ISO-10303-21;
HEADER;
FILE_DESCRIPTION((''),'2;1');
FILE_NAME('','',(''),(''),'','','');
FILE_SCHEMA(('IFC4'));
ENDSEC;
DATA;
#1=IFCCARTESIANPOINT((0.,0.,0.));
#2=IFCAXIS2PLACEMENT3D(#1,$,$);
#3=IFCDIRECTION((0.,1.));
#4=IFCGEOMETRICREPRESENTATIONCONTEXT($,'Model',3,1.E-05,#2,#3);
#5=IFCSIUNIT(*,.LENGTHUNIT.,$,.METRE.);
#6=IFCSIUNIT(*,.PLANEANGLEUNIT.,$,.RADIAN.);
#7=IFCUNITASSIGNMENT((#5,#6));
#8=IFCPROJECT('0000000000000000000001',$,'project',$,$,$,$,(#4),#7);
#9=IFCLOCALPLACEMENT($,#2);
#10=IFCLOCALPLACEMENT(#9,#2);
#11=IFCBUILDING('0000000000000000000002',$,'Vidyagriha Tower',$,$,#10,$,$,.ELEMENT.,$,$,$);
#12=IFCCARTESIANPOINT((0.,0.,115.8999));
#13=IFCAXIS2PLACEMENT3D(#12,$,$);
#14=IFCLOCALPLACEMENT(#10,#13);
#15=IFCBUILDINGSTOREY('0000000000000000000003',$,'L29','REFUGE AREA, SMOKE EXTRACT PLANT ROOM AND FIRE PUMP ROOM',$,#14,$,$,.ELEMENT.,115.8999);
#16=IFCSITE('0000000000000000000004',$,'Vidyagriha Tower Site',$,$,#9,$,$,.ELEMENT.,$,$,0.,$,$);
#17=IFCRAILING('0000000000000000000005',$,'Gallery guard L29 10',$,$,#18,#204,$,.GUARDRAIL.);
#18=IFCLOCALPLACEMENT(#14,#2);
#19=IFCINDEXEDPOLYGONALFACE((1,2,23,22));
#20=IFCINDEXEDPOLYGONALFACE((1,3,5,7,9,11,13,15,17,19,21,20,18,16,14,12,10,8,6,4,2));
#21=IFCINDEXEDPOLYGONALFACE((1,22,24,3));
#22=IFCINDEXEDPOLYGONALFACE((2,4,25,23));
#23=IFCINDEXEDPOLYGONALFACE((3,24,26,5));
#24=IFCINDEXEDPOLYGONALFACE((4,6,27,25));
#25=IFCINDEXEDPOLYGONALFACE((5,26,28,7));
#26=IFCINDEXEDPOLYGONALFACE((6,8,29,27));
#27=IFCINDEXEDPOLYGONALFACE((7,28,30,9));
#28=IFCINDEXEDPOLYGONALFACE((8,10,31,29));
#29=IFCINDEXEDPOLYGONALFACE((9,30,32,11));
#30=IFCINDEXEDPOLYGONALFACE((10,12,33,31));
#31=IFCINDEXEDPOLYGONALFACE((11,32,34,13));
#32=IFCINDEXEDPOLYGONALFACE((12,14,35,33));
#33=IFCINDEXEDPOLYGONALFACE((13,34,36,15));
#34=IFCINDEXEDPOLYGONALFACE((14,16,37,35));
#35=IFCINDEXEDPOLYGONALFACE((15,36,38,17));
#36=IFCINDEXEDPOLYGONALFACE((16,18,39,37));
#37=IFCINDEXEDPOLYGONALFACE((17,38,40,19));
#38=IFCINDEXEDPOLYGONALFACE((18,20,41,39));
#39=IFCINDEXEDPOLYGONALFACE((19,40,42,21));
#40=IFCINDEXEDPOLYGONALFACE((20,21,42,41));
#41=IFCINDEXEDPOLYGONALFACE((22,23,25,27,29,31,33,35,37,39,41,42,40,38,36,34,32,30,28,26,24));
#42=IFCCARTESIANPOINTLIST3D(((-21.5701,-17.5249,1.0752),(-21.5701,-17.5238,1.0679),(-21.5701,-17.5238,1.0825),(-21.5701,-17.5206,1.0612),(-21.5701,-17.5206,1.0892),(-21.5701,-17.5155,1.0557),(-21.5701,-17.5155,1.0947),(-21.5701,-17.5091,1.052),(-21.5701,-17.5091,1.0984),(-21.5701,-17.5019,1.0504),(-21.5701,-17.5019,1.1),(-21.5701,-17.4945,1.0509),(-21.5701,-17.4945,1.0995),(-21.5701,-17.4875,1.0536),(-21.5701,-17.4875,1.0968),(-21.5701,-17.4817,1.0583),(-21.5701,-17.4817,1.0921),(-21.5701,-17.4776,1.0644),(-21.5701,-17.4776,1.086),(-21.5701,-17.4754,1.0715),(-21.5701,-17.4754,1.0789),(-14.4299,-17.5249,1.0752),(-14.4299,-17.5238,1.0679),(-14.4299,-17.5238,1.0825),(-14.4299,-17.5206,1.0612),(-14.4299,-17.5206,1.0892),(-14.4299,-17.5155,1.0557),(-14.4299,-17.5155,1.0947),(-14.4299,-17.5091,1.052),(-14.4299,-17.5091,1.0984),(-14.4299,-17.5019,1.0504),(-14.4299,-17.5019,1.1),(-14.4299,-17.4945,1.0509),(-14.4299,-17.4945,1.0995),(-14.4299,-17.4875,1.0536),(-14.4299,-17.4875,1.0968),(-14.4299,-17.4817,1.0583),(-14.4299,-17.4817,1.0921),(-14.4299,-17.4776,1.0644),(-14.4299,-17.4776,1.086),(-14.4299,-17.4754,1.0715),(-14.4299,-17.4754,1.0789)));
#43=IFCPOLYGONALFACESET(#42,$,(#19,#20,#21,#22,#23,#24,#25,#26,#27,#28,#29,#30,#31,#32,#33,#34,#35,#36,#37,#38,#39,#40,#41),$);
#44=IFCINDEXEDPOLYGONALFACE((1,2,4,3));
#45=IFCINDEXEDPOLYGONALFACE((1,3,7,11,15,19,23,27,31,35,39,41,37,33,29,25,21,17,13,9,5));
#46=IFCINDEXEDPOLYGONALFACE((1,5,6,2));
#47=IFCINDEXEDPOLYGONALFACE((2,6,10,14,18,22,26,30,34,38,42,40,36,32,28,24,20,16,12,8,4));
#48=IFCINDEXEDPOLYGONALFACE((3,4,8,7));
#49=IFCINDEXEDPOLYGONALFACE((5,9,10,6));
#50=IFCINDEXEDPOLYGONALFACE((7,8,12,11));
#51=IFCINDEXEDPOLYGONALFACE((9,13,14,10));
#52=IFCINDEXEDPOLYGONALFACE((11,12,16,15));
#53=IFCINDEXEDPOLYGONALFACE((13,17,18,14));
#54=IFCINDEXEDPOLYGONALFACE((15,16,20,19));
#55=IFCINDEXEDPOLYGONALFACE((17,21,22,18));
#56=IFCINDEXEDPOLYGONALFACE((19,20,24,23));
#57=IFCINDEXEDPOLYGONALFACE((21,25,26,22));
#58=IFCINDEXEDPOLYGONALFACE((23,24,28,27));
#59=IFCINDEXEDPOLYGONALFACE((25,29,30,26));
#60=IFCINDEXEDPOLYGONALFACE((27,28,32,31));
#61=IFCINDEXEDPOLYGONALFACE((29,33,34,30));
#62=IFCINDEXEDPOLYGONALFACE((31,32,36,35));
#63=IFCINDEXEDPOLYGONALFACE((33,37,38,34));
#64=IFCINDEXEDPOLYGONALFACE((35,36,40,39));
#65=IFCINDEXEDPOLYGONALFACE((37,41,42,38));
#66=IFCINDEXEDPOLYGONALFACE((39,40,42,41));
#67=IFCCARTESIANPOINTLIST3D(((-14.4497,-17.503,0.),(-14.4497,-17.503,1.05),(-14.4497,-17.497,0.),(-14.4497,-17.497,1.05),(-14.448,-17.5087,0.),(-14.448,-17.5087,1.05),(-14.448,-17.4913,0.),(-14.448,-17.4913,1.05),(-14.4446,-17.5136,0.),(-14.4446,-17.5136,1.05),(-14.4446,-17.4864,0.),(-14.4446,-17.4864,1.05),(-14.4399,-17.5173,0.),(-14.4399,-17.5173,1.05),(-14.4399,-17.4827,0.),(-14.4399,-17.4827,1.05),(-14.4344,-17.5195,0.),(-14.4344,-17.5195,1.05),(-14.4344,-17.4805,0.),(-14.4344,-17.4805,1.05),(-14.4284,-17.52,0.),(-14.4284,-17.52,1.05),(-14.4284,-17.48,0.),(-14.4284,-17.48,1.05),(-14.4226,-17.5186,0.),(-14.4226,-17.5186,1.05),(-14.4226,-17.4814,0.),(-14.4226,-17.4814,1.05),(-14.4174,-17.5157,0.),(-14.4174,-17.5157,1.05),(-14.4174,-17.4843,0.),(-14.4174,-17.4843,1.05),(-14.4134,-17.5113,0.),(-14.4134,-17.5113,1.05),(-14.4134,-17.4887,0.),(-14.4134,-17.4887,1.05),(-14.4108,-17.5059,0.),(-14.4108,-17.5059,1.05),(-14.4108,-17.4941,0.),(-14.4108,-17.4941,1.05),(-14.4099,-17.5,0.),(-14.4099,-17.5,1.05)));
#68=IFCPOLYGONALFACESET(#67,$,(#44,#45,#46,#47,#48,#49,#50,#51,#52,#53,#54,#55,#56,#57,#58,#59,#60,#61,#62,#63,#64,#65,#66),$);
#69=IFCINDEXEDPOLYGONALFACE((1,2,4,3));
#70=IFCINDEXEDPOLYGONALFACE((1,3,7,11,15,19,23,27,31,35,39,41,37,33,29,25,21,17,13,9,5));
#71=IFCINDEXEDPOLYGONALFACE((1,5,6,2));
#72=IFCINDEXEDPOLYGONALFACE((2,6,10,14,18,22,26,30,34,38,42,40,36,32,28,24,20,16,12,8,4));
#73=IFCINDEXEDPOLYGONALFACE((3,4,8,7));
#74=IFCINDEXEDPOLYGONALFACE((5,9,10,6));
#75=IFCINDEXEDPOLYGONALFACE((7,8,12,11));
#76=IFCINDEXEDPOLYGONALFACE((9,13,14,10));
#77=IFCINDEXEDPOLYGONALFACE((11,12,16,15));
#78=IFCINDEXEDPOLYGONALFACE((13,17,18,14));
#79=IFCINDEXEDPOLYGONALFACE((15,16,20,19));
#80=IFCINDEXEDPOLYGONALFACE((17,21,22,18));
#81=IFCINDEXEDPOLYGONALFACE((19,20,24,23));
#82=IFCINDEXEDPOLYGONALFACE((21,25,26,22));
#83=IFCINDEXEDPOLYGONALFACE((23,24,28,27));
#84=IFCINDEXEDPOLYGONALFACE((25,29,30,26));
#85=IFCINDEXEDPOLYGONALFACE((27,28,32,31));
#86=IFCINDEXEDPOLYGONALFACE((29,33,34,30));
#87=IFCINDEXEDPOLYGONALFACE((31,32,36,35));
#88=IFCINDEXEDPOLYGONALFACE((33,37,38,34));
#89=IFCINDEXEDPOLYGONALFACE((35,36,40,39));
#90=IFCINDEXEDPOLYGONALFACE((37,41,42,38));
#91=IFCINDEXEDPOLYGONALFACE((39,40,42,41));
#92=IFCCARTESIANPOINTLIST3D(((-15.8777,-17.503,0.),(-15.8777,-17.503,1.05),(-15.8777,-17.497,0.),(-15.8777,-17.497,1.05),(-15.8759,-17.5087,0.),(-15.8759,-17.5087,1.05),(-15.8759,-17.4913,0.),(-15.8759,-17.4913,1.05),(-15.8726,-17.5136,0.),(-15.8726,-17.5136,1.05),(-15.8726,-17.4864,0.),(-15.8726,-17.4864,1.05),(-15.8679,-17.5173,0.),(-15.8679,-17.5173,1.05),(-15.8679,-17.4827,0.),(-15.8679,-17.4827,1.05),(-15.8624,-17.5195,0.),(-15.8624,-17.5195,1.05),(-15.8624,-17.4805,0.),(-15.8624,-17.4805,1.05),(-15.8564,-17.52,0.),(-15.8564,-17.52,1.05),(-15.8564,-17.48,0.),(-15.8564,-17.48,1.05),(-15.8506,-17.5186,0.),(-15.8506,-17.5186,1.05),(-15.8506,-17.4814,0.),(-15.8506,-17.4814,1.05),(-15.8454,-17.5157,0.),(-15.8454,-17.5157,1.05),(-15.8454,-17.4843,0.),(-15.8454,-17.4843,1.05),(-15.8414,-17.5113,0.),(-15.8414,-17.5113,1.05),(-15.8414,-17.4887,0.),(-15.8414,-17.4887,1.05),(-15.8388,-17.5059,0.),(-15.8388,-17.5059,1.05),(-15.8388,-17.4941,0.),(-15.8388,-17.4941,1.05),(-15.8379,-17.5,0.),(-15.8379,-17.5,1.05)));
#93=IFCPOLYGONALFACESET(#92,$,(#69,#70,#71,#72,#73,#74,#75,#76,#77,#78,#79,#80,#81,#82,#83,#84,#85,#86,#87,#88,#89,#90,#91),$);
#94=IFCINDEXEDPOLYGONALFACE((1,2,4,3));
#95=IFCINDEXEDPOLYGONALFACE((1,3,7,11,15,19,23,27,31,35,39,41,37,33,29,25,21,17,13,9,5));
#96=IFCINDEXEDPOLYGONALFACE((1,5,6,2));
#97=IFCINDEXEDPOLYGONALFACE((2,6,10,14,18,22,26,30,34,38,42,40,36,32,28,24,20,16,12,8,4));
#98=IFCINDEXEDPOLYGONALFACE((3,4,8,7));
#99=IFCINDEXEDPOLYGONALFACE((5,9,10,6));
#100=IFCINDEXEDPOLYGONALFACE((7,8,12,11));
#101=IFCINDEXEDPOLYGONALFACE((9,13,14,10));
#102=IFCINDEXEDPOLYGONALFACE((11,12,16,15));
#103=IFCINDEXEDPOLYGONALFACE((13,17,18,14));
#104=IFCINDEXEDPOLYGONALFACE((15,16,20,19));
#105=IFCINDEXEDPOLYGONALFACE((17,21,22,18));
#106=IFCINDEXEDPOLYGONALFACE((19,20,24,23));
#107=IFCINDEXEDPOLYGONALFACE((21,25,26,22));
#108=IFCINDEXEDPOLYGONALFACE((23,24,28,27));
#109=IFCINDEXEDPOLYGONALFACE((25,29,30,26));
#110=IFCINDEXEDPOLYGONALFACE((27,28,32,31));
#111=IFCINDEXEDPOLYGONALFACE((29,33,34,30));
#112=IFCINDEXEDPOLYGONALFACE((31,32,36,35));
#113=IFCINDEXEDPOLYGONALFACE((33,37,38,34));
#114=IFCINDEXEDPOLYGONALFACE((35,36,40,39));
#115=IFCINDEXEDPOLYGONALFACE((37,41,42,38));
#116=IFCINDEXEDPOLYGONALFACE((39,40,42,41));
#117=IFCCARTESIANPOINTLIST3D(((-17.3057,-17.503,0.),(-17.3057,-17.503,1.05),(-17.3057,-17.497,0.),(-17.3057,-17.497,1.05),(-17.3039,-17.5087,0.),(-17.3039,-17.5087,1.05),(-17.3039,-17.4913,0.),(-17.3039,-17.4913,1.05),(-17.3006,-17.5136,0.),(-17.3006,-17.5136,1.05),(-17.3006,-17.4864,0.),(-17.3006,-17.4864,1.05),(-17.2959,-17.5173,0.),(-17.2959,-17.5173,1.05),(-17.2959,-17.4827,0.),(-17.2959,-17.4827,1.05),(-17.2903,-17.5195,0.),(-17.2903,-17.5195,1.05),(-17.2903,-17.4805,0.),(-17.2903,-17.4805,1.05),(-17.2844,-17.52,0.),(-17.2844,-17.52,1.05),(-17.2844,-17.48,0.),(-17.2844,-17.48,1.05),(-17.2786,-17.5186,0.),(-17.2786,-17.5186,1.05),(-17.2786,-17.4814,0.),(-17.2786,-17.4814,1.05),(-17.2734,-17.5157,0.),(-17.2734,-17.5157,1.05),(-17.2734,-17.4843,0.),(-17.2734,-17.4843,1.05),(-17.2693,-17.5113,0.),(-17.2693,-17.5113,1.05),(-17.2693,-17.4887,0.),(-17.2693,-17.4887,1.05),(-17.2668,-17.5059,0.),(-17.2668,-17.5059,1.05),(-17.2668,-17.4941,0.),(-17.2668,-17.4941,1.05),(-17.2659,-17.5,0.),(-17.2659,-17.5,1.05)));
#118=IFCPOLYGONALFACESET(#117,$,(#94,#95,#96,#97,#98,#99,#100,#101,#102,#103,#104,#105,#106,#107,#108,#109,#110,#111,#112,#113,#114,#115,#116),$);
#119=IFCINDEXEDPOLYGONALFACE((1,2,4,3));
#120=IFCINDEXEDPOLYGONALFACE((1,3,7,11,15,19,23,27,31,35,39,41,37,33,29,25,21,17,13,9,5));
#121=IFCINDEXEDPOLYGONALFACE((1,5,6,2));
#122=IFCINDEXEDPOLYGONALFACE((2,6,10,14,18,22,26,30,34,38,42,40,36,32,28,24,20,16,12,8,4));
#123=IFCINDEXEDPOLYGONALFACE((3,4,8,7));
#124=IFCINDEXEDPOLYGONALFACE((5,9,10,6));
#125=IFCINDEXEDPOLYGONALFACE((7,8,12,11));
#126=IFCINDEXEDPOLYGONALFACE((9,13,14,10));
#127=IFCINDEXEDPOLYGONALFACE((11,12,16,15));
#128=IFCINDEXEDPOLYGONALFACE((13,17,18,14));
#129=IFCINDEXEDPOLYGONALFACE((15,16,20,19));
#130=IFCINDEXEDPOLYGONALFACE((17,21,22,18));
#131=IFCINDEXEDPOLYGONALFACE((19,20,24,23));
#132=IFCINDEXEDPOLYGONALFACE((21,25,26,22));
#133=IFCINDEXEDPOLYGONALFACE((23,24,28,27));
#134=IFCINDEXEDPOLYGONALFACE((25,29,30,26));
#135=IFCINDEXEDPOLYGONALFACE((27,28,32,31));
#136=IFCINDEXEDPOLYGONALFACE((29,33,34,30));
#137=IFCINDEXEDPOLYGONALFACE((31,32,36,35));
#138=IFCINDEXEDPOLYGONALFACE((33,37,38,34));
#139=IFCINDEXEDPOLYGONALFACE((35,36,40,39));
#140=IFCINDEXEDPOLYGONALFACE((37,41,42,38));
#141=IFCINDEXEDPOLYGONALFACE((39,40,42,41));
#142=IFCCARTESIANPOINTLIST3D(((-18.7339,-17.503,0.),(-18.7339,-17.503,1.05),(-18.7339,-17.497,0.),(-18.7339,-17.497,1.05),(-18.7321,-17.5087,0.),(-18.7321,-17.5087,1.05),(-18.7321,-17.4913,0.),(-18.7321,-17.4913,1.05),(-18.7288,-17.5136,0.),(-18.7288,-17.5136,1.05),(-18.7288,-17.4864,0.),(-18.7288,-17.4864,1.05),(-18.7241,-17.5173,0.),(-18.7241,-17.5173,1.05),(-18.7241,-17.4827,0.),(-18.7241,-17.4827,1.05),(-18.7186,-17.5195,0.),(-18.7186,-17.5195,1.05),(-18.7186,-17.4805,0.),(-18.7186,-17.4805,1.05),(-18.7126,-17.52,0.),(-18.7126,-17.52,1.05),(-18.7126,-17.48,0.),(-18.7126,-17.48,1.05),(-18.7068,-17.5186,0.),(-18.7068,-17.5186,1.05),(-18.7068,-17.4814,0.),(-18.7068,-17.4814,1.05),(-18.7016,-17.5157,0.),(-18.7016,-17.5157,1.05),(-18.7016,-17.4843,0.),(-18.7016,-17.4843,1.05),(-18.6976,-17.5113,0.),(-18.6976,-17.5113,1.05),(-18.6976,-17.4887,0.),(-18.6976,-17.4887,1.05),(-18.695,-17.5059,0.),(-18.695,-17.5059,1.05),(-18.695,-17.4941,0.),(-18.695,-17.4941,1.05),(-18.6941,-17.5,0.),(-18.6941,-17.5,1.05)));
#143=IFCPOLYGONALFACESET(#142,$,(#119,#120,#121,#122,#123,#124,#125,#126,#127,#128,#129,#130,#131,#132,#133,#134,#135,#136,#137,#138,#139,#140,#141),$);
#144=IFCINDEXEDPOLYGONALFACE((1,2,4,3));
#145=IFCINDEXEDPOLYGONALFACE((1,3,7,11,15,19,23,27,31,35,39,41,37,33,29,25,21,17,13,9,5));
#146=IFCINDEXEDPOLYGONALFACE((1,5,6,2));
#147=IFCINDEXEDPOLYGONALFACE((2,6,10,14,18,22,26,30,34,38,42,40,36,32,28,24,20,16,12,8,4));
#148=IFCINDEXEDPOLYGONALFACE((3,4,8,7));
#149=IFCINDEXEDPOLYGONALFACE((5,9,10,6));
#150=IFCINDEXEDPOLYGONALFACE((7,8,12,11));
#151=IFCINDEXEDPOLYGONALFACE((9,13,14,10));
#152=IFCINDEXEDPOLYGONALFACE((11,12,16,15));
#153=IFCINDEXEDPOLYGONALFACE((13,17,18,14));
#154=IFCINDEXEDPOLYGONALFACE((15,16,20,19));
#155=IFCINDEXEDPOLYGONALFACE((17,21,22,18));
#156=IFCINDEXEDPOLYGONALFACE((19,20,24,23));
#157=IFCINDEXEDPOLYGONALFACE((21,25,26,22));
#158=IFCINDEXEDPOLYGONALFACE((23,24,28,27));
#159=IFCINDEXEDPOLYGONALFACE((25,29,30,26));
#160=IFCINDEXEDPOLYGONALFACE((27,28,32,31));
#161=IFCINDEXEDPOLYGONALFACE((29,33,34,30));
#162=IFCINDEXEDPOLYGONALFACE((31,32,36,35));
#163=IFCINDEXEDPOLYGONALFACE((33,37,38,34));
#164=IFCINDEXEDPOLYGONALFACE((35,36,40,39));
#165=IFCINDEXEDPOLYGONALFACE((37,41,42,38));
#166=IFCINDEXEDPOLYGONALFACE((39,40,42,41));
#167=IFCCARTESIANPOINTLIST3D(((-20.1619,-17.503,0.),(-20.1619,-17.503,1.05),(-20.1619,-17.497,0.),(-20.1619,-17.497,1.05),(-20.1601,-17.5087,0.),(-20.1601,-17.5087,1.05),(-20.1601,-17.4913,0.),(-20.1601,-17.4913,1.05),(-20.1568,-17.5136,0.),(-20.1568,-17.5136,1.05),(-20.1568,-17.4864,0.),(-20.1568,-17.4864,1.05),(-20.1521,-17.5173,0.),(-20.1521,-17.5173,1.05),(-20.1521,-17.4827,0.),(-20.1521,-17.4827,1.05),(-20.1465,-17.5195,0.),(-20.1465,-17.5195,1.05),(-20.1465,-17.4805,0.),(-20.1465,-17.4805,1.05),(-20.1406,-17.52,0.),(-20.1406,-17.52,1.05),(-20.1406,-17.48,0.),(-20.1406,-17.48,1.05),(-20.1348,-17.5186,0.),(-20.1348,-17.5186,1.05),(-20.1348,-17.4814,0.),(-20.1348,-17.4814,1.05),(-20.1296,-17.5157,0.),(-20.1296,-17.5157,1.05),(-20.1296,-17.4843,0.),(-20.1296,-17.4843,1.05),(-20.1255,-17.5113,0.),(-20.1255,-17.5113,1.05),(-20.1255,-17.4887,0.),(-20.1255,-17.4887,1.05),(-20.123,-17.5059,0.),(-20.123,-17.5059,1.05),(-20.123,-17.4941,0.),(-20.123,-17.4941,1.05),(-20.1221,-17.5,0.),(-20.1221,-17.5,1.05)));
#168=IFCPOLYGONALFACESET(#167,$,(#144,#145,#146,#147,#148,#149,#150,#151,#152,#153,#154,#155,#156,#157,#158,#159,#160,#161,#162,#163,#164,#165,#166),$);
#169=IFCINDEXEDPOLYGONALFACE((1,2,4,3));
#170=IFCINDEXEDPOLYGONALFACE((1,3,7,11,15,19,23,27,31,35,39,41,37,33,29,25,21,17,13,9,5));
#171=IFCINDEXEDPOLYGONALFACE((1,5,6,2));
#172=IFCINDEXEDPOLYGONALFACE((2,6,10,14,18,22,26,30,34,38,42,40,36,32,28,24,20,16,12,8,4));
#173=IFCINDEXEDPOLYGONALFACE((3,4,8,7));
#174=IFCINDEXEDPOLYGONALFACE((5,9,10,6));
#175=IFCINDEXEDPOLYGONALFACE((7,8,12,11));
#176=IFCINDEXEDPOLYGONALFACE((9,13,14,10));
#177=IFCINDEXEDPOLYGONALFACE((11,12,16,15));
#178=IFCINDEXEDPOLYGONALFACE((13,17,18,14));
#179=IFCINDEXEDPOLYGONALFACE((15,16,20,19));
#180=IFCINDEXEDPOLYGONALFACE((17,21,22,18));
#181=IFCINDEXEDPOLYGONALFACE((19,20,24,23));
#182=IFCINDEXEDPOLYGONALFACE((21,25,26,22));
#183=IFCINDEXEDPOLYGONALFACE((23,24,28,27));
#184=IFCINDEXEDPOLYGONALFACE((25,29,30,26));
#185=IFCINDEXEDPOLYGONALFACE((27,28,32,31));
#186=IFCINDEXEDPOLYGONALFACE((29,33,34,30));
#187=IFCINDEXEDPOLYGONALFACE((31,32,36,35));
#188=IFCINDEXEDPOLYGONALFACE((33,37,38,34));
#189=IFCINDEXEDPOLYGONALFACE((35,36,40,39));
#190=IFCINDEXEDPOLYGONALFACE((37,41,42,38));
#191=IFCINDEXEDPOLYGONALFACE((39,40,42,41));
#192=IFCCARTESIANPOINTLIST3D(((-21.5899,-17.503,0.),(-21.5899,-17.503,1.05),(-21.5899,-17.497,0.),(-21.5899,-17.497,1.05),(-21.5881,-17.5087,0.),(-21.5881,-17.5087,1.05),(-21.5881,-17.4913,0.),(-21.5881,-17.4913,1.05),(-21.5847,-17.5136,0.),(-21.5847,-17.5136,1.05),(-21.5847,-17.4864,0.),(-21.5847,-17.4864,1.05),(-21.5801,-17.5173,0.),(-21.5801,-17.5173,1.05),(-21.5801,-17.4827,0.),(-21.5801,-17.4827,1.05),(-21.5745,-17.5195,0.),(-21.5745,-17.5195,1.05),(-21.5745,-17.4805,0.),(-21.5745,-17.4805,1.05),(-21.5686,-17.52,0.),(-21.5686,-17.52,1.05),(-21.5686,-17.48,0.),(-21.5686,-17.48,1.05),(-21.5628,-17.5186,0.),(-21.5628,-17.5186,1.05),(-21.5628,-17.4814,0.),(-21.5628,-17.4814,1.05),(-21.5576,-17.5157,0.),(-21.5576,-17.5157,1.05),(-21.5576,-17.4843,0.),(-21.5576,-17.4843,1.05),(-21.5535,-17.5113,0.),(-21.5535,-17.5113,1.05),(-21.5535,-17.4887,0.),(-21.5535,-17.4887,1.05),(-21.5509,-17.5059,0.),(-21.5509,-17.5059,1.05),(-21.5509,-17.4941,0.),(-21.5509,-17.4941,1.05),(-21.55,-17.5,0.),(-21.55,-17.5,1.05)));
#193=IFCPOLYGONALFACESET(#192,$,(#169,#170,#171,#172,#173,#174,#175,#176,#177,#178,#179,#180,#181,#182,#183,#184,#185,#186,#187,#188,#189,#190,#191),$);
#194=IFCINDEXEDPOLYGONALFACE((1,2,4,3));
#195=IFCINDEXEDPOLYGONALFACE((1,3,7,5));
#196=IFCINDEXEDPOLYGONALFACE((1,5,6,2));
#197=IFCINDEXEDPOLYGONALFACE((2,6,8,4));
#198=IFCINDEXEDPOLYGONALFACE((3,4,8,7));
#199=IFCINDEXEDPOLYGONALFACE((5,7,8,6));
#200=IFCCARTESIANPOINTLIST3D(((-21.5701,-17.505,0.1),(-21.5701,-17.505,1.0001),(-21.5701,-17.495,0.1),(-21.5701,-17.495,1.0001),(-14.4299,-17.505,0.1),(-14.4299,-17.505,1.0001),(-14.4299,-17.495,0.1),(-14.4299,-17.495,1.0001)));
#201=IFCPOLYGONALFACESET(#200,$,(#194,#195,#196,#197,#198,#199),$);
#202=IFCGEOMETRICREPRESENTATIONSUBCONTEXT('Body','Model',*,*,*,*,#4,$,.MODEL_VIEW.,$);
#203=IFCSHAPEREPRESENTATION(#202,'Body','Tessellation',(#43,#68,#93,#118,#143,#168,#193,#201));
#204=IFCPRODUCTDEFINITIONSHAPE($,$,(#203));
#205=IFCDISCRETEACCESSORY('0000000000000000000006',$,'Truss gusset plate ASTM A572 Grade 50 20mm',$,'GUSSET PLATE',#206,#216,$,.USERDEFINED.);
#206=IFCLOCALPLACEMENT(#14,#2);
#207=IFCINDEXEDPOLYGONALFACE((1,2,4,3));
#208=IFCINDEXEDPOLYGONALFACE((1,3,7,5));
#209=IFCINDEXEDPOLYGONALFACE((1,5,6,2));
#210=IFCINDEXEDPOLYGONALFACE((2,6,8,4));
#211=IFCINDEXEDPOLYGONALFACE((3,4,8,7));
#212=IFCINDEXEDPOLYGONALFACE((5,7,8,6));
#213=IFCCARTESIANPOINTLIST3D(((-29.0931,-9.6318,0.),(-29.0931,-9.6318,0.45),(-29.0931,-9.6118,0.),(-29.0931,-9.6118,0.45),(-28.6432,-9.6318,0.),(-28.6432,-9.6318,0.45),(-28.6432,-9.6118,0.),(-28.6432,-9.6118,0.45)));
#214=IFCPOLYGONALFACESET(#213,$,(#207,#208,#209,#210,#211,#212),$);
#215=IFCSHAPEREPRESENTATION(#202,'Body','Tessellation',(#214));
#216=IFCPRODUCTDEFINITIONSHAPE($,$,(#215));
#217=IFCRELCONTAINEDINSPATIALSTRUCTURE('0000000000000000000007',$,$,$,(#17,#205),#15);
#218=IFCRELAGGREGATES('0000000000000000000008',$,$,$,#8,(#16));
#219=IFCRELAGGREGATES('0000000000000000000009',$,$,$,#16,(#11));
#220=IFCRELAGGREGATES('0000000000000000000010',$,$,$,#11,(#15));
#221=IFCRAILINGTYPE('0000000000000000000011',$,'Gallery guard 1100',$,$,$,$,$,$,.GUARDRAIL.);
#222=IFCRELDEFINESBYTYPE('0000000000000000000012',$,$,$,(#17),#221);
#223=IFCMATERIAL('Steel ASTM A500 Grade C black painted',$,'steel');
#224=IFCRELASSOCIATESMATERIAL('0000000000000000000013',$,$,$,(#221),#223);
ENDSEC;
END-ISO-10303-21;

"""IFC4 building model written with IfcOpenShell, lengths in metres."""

from ifc_helpers import new_model, si_unit, direction, frame, origin, origin_2d, place, context, subcontext, project, spatial, rectangle, circle, extrude, material, type_object, element, save


model = new_model("IFC4")

# Units and contexts
model_context = context("Model", 3, precision=1e-05, world=origin(), true_north=direction((0.0, 1.0)))
body_context = subcontext(model_context, "Body", "Model", "MODEL_VIEW")
ifc_project = project(units=[si_unit("LENGTHUNIT", "METRE"), si_unit("PLANEANGLEUNIT", "RADIAN")], contexts=[model_context])

# Site, building, storey
site_placement = place(None, origin())
site = spatial("IfcSite", under=ifc_project, at=site_placement, Name="Vidyagriha Tower Site", CompositionType="ELEMENT", RefElevation=0.0)
building_placement = place(site_placement, origin())
building = spatial("IfcBuilding", under=site, at=building_placement, Name="Vidyagriha Tower", CompositionType="ELEMENT")
storey_placement = place(building_placement, frame((0.0, 0.0, 115.8999)))
storey = spatial("IfcBuildingStorey", under=building, at=storey_placement, Name="L29", Description="REFUGE AREA, SMOKE EXTRACT PLANT ROOM AND FIRE PUMP ROOM", CompositionType="ELEMENT", Elevation=115.8999)

# Railing
ifc_material_1 = material(Name="Steel ASTM A500 Grade C black painted", Category="steel")
railing_type = type_object("IfcRailingType", Name="Gallery guard 1100", PredefinedType="GUARDRAIL", material=ifc_material_1)
railing_1_placement = place(storey_placement, frame((-14.4299, -17.5, 0.0)))
element("IfcRailing", 1, at=railing_1_placement, inside=storey, type_object=railing_type, Name="Gallery guard L29 10", PredefinedType="GUARDRAIL", context=body_context, shape_type="SweptSolid", body=[
    extrude(circle(Radius=0.0249, at=origin_2d()), frame((0.0, 0.0, 1.0752), z_axis=(-1.0, 0.0, 0.0), x_axis=(0.0, -1.0, 0.0)), (0.0, 0.0, 1.0), 7.1401),
    extrude(circle(Radius=0.02, at=origin_2d()), origin(), (0.0, 0.0, 1.0), 1.05),
    extrude(circle(Radius=0.02, at=origin_2d()), frame((-1.428, 0.0, 0.0)), (0.0, 0.0, 1.0), 1.05),
    extrude(circle(Radius=0.02, at=origin_2d()), frame((-2.856, 0.0, 0.0)), (0.0, 0.0, 1.0), 1.05),
    extrude(circle(Radius=0.02, at=origin_2d()), frame((-4.2842, 0.0, 0.0)), (0.0, 0.0, 1.0), 1.05),
    extrude(circle(Radius=0.02, at=origin_2d()), frame((-5.7122, 0.0, 0.0)), (0.0, 0.0, 1.0), 1.05),
    extrude(circle(Radius=0.02, at=origin_2d()), frame((-7.1401, 0.0, 0.0)), (0.0, 0.0, 1.0), 1.05),
    extrude(rectangle(XDim=0.01, YDim=0.9001, at=origin_2d()), frame((0.0, 0.0, 0.55), z_axis=(-1.0, 0.0, 0.0), x_axis=(0.0, -1.0, 0.0)), (0.0, 0.0, 1.0), 7.1401),
])

# Discrete accessory
for number, where, name in (
    (2, (-28.8682, -9.6218, 0.0), "Truss gusset plate ASTM A572 Grade 50 20mm"),
):
    element("IfcDiscreteAccessory", number, at=place(storey_placement, frame(where)), inside=storey, Name=name, ObjectType="GUSSET PLATE", PredefinedType="USERDEFINED", context=body_context, shape_type="SweptSolid", body=[
        extrude(rectangle(XDim=0.45, YDim=0.02, at=origin_2d()), origin(), (0.0, 0.0, 1.0), 0.45),
    ])

save(model, "model.ifc")
